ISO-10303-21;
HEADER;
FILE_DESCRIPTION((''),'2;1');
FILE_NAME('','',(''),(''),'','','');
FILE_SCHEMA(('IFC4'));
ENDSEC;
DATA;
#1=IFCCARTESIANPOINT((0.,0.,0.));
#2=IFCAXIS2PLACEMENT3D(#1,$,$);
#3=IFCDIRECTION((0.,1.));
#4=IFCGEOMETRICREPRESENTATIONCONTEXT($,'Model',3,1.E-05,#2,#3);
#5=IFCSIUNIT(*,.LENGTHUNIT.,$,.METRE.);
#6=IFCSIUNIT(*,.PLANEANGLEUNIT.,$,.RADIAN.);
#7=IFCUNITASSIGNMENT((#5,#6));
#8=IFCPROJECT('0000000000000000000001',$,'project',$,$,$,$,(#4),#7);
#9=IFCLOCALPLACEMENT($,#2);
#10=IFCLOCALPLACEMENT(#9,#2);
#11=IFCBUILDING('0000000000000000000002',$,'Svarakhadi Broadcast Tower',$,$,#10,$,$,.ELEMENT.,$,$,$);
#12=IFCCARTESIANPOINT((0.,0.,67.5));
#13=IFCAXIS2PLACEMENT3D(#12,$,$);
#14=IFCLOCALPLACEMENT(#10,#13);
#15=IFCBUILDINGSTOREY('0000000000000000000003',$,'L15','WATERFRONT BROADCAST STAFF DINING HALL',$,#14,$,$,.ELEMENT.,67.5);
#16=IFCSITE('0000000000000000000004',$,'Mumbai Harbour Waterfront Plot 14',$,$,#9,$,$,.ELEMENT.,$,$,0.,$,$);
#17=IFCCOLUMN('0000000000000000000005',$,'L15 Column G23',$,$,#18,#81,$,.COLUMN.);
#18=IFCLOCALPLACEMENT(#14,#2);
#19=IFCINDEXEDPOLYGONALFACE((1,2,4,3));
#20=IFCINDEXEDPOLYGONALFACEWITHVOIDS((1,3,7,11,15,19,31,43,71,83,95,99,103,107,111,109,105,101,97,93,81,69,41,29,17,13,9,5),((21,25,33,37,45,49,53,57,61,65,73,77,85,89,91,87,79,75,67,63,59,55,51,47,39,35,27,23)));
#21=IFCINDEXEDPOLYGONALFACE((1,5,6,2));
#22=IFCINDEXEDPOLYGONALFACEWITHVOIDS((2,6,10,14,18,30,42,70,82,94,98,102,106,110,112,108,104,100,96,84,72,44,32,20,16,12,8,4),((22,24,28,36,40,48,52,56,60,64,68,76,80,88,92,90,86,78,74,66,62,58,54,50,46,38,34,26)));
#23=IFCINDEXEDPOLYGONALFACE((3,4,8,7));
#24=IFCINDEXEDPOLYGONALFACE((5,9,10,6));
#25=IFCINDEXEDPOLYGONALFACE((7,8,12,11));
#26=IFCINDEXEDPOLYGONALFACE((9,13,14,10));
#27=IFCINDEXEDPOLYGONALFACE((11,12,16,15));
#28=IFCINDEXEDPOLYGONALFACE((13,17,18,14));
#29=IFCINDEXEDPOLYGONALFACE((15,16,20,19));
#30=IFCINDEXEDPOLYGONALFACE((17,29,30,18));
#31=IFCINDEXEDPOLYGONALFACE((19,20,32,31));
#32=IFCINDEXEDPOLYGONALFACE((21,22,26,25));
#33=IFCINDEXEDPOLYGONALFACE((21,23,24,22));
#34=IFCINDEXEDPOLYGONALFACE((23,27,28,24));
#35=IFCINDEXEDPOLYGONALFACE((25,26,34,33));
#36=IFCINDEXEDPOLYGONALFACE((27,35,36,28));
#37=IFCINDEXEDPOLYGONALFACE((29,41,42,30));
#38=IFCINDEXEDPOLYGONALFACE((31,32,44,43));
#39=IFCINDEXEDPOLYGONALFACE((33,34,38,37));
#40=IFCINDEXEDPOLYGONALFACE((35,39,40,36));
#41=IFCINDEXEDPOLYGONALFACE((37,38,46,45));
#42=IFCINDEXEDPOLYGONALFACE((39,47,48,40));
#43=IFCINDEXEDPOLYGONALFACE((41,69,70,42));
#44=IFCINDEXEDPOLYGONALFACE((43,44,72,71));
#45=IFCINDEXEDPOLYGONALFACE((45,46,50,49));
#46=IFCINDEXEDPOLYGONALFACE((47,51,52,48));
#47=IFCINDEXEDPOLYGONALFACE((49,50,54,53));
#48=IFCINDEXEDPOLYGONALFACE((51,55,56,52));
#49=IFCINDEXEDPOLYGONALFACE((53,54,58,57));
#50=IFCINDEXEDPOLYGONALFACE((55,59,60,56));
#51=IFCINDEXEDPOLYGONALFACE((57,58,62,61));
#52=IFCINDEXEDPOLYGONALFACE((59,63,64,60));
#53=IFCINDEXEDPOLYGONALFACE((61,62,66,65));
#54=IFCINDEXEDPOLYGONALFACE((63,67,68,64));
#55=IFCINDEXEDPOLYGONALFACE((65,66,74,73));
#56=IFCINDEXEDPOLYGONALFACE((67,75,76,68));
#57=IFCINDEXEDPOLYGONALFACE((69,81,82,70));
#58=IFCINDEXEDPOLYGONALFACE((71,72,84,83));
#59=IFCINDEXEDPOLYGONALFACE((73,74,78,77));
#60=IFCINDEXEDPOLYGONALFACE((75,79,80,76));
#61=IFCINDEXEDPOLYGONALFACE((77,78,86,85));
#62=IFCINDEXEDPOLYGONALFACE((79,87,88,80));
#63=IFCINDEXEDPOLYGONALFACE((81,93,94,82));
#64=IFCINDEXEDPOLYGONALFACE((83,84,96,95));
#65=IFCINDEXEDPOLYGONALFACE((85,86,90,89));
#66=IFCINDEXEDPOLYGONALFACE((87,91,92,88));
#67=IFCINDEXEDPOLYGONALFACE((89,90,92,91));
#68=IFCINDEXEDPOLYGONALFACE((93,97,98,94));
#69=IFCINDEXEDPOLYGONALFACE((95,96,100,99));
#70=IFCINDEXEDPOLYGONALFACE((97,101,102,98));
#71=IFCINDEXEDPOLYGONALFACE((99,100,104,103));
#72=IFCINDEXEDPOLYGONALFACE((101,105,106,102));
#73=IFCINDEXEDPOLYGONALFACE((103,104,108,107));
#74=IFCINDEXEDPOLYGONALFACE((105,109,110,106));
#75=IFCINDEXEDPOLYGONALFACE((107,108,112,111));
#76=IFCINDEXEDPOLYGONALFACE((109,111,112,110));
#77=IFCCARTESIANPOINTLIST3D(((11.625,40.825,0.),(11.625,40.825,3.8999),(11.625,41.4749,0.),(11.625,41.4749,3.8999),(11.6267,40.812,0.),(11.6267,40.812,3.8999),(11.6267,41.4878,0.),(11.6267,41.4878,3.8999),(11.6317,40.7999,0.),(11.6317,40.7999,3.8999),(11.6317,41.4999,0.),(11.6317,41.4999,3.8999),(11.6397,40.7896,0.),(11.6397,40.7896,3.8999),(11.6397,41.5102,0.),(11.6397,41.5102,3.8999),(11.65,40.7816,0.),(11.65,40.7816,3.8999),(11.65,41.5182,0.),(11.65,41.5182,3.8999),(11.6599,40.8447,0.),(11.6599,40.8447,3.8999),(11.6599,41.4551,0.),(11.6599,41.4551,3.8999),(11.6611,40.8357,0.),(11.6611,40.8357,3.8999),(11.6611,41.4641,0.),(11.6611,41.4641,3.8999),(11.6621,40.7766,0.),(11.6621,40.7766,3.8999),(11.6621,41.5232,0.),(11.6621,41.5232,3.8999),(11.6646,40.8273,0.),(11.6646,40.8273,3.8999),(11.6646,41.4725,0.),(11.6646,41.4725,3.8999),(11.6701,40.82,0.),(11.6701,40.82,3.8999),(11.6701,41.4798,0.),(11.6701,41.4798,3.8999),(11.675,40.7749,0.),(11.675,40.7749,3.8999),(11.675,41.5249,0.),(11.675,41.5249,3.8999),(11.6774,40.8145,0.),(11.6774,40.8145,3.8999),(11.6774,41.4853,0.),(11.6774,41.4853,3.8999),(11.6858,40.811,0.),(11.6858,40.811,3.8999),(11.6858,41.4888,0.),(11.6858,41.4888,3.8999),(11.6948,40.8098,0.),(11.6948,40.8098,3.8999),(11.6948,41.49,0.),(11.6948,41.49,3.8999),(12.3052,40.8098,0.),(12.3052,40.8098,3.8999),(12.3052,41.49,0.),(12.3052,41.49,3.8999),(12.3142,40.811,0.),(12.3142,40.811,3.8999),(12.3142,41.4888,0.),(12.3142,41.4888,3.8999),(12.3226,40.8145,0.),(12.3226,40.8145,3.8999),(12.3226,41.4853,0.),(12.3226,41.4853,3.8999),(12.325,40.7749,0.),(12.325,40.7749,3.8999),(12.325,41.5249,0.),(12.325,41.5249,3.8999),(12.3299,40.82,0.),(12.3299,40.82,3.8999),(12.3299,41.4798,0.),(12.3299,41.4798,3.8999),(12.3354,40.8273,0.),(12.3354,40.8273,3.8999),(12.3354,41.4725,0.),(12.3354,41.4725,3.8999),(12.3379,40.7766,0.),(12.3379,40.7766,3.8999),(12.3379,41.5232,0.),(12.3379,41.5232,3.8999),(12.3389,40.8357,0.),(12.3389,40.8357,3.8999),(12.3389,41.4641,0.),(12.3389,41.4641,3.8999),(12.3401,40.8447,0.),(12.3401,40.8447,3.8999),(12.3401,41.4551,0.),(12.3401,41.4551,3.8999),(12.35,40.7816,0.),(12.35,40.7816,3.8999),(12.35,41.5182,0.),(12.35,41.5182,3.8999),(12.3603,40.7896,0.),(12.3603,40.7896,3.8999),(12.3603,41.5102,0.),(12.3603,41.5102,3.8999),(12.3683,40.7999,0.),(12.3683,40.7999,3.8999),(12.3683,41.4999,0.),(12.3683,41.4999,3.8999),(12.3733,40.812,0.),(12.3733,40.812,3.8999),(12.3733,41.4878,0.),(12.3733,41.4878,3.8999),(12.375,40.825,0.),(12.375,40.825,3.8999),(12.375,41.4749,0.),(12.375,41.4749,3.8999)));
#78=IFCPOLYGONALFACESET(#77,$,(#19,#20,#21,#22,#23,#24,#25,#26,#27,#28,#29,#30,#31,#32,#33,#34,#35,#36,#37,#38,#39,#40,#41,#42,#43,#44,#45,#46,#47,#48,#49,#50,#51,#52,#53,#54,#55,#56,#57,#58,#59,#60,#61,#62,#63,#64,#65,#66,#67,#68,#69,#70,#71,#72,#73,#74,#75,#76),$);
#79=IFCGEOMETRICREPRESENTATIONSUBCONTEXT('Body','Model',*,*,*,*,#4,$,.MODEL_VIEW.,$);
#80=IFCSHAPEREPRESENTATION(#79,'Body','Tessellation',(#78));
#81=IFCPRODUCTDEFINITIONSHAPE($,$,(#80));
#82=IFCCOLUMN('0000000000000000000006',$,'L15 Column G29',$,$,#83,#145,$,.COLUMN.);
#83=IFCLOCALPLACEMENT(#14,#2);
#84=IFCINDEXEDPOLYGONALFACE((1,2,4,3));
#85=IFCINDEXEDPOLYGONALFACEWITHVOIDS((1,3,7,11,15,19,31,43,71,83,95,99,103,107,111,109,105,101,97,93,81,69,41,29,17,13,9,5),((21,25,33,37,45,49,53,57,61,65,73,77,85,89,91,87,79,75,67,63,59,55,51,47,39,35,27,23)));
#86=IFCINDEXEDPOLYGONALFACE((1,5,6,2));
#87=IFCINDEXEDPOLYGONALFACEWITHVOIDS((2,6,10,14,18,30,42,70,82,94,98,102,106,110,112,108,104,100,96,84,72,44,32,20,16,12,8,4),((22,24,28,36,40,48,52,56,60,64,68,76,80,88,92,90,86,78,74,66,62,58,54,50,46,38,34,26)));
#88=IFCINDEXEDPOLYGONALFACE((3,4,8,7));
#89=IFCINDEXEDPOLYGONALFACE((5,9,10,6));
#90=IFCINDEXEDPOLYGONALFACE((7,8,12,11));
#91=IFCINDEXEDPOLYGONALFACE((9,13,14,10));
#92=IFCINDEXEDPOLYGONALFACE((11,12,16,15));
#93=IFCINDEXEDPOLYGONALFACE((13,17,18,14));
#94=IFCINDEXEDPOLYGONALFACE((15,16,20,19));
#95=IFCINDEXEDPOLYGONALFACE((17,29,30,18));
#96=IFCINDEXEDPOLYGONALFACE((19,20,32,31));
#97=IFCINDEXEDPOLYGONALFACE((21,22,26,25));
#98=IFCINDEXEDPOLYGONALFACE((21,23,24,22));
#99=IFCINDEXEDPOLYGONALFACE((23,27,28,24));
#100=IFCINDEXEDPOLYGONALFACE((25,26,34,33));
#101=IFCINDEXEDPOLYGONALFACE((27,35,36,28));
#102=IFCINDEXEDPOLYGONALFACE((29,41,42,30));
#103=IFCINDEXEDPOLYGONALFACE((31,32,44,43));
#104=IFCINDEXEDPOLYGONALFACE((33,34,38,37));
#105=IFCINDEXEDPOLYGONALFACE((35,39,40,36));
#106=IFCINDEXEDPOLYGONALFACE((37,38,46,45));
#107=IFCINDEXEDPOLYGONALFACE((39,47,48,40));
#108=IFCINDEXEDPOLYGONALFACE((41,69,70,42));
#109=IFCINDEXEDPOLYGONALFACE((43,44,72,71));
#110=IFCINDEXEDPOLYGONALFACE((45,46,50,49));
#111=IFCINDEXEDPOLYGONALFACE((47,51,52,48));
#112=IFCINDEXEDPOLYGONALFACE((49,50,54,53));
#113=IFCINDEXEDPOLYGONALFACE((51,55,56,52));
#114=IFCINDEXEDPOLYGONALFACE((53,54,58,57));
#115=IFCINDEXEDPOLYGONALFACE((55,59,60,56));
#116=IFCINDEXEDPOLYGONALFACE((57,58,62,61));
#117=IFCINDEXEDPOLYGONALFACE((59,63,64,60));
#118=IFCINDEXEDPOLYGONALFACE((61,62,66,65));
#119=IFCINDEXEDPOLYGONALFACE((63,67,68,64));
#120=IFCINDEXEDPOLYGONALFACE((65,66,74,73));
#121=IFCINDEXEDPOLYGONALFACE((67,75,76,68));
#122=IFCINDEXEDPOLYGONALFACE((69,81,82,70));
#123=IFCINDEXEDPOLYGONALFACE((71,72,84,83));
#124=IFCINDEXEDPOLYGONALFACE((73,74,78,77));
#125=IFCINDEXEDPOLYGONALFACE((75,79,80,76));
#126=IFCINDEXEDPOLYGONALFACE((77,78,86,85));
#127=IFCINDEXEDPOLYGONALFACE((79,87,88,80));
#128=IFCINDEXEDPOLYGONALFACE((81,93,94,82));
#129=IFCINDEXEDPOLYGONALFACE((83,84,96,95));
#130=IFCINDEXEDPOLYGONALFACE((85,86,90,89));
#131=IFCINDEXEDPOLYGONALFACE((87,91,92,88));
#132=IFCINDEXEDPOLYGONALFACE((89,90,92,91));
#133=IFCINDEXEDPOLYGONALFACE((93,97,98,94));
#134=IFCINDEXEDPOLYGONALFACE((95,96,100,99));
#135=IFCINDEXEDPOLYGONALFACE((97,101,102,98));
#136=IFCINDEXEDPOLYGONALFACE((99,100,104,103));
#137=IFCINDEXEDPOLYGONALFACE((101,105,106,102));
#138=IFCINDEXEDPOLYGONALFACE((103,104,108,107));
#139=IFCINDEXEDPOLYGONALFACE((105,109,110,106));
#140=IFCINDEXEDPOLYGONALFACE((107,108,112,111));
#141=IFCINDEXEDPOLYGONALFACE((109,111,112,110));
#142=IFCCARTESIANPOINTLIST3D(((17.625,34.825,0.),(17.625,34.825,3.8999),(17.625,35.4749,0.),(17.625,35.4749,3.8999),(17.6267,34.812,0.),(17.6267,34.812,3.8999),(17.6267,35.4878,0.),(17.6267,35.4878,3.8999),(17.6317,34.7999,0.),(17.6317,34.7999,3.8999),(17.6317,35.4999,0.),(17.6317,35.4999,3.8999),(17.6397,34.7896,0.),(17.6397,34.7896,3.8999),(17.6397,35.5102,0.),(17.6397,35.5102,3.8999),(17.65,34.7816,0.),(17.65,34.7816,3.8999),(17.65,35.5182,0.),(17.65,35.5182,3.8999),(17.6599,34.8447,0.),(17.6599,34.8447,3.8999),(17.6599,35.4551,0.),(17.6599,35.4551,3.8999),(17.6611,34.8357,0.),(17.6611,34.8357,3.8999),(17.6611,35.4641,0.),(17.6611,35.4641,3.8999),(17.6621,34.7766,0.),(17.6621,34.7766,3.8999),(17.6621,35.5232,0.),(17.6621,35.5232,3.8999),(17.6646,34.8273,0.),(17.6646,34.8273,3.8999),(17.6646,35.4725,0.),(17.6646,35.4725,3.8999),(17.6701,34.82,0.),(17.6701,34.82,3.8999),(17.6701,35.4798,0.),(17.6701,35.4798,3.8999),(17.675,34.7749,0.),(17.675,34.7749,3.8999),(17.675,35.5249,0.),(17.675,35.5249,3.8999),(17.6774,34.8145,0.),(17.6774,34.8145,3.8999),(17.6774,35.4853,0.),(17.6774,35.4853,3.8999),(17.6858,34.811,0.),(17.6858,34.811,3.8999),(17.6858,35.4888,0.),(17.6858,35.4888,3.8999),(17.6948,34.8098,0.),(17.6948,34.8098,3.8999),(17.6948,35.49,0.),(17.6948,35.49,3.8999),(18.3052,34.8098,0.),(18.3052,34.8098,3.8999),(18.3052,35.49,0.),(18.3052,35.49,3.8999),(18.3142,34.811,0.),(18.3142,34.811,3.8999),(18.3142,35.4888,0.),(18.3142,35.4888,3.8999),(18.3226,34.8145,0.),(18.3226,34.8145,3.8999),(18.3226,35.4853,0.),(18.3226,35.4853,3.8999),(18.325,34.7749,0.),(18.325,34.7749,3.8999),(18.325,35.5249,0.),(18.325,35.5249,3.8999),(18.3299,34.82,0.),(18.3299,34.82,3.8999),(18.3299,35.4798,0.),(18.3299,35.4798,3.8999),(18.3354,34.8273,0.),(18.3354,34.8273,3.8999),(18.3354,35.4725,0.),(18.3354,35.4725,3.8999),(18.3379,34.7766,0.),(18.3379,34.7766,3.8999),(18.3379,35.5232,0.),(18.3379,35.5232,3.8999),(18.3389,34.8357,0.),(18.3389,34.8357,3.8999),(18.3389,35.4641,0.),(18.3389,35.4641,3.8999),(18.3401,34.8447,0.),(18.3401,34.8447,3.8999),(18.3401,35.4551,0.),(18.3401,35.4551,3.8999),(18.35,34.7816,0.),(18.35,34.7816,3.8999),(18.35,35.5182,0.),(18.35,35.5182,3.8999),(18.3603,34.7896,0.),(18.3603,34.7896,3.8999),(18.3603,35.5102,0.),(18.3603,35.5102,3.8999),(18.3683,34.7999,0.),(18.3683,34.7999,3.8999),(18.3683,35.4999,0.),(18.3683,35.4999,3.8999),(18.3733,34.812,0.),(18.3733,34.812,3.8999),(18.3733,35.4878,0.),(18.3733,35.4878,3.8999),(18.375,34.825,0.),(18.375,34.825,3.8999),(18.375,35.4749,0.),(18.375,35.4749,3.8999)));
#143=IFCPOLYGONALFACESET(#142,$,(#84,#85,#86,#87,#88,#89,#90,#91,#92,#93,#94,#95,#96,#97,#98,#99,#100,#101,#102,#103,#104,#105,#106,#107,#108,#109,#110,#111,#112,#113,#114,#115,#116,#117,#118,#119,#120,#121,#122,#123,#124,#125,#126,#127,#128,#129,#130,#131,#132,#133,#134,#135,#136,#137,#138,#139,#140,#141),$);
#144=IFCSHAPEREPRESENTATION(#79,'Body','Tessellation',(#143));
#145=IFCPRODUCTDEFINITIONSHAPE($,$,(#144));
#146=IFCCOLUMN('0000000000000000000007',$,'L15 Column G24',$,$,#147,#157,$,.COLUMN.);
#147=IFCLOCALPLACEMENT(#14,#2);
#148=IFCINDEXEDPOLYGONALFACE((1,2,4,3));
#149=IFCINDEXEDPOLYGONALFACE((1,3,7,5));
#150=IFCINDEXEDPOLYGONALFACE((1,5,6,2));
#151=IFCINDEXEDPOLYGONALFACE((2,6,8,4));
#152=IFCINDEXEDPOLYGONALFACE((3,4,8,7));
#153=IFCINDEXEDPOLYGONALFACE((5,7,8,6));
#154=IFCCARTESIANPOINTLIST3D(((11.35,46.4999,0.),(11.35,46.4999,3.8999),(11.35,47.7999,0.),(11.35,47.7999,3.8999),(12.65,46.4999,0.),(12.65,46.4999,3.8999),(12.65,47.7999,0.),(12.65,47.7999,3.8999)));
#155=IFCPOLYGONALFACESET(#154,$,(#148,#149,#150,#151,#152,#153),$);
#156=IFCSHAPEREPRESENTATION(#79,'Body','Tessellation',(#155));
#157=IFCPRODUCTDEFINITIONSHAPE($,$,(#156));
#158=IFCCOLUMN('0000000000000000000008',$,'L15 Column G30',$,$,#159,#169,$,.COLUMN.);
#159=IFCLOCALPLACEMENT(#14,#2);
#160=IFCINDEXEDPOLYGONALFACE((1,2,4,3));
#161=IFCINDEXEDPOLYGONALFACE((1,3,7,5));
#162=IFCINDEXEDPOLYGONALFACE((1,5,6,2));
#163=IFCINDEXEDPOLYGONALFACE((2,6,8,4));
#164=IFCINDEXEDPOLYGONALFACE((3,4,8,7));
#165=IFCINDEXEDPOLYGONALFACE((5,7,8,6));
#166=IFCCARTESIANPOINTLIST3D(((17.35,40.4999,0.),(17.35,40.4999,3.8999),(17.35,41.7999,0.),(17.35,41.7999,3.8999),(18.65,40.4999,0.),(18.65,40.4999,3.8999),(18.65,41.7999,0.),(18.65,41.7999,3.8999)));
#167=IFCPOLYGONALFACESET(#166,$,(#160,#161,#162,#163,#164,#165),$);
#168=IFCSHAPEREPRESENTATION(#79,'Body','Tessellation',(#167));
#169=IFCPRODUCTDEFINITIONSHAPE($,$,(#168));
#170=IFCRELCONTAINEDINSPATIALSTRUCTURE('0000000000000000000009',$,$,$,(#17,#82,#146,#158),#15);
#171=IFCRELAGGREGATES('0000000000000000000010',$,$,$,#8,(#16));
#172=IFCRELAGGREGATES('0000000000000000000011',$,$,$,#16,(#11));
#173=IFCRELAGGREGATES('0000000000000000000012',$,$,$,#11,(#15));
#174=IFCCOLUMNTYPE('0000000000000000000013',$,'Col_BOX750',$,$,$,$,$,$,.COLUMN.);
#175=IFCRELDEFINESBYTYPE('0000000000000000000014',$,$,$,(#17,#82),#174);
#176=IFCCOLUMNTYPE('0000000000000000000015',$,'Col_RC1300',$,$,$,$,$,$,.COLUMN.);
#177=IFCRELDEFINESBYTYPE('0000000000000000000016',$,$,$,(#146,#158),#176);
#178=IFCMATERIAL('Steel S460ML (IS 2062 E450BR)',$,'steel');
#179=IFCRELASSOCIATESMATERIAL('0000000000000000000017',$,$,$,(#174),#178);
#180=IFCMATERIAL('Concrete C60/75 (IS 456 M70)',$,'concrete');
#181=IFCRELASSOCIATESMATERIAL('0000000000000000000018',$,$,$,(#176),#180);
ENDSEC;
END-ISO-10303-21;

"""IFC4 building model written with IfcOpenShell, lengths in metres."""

from ifc_helpers import new_model, si_unit, direction, frame, origin, origin_2d, place, context, subcontext, project, spatial, rectangle, hollow_rectangle, extrude, material, material_profile, profile_set, type_object, element, save


model = new_model("IFC4")

# Units and contexts
model_context = context("Model", 3, precision=1e-05, world=origin(), true_north=direction((0.0, 1.0)))
body_context = subcontext(model_context, "Body", "Model", "MODEL_VIEW")
ifc_project = project(units=[si_unit("LENGTHUNIT", "METRE"), si_unit("PLANEANGLEUNIT", "RADIAN")], contexts=[model_context])

# Site, building, storey
site_placement = place(None, origin())
site = spatial("IfcSite", under=ifc_project, at=site_placement, Name="Mumbai Harbour Waterfront Plot 14", CompositionType="ELEMENT", RefElevation=0.0)
building_placement = place(site_placement, origin())
building = spatial("IfcBuilding", under=site, at=building_placement, Name="Svarakhadi Broadcast Tower", CompositionType="ELEMENT")
storey_placement = place(building_placement, frame((0.0, 0.0, 67.5)))
storey = spatial("IfcBuildingStorey", under=building, at=storey_placement, Name="L15", Description="WATERFRONT BROADCAST STAFF DINING HALL", CompositionType="ELEMENT", Elevation=67.5)

# Columns
ifc_material_1 = material(Name="Steel S460ML (IS 2062 E450BR)", Category="steel")
ifc_material_profile_1 = material_profile(ifc_material_1, hollow_rectangle(XDim=0.75, YDim=0.75, WallThickness=0.0349, InnerFilletRadius=0.0349, OuterFilletRadius=0.05, at=origin_2d()), Name="BOX 750x750x35")
ifc_profile_set_1 = profile_set([ifc_material_profile_1], Name="Steel S460ML (IS 2062 E450BR)")
column_type_1 = type_object("IfcColumnType", Name="Col_BOX750", PredefinedType="COLUMN", material=ifc_profile_set_1)
for number, where, z_axis, x_axis, name in (
    (1, (12.0, 41.1499, 0.0), (0.0, 0.0, 1.0), (1.0, 0.0, 0.0), "L15 Column G23"),
    (2, (18.0, 35.1499, 0.0), (0.0, 0.0, 1.0), (1.0, 0.0, 0.0), "L15 Column G29"),
):
    element("IfcColumn", number, at=place(storey_placement, frame(where, z_axis=z_axis, x_axis=x_axis)), inside=storey, type_object=column_type_1, Name=name, PredefinedType="COLUMN", context=body_context, shape_type="SweptSolid", body=[
        extrude(hollow_rectangle(XDim=0.75, YDim=0.75, WallThickness=0.0349, InnerFilletRadius=0.0349, OuterFilletRadius=0.05, at=origin_2d()), origin(), (0.0, 0.0, 1.0), 3.8999),
    ])
ifc_material_2 = material(Name="Concrete C60/75 (IS 456 M70)", Category="concrete")
ifc_material_profile_2 = material_profile(ifc_material_2, rectangle(XDim=1.3, YDim=1.3, at=origin_2d()), Name="RC 1300x1300")
ifc_profile_set_2 = profile_set([ifc_material_profile_2], Name="Concrete C60/75 (IS 456 M70)")
column_type_2 = type_object("IfcColumnType", Name="Col_RC1300", PredefinedType="COLUMN", material=ifc_profile_set_2)
for number, where, z_axis, x_axis, name in (
    (3, (12.0, 47.1499, 0.0), (0.0, 0.0, 1.0), (1.0, 0.0, 0.0), "L15 Column G24"),
    (4, (18.0, 41.1499, 0.0), (0.0, 0.0, 1.0), (1.0, 0.0, 0.0), "L15 Column G30"),
):
    element("IfcColumn", number, at=place(storey_placement, frame(where, z_axis=z_axis, x_axis=x_axis)), inside=storey, type_object=column_type_2, Name=name, PredefinedType="COLUMN", context=body_context, shape_type="SweptSolid", body=[
        extrude(rectangle(XDim=1.3, YDim=1.3, at=origin_2d()), origin(), (0.0, 0.0, 1.0), 3.8999),
    ])

save(model, "model.ifc")
